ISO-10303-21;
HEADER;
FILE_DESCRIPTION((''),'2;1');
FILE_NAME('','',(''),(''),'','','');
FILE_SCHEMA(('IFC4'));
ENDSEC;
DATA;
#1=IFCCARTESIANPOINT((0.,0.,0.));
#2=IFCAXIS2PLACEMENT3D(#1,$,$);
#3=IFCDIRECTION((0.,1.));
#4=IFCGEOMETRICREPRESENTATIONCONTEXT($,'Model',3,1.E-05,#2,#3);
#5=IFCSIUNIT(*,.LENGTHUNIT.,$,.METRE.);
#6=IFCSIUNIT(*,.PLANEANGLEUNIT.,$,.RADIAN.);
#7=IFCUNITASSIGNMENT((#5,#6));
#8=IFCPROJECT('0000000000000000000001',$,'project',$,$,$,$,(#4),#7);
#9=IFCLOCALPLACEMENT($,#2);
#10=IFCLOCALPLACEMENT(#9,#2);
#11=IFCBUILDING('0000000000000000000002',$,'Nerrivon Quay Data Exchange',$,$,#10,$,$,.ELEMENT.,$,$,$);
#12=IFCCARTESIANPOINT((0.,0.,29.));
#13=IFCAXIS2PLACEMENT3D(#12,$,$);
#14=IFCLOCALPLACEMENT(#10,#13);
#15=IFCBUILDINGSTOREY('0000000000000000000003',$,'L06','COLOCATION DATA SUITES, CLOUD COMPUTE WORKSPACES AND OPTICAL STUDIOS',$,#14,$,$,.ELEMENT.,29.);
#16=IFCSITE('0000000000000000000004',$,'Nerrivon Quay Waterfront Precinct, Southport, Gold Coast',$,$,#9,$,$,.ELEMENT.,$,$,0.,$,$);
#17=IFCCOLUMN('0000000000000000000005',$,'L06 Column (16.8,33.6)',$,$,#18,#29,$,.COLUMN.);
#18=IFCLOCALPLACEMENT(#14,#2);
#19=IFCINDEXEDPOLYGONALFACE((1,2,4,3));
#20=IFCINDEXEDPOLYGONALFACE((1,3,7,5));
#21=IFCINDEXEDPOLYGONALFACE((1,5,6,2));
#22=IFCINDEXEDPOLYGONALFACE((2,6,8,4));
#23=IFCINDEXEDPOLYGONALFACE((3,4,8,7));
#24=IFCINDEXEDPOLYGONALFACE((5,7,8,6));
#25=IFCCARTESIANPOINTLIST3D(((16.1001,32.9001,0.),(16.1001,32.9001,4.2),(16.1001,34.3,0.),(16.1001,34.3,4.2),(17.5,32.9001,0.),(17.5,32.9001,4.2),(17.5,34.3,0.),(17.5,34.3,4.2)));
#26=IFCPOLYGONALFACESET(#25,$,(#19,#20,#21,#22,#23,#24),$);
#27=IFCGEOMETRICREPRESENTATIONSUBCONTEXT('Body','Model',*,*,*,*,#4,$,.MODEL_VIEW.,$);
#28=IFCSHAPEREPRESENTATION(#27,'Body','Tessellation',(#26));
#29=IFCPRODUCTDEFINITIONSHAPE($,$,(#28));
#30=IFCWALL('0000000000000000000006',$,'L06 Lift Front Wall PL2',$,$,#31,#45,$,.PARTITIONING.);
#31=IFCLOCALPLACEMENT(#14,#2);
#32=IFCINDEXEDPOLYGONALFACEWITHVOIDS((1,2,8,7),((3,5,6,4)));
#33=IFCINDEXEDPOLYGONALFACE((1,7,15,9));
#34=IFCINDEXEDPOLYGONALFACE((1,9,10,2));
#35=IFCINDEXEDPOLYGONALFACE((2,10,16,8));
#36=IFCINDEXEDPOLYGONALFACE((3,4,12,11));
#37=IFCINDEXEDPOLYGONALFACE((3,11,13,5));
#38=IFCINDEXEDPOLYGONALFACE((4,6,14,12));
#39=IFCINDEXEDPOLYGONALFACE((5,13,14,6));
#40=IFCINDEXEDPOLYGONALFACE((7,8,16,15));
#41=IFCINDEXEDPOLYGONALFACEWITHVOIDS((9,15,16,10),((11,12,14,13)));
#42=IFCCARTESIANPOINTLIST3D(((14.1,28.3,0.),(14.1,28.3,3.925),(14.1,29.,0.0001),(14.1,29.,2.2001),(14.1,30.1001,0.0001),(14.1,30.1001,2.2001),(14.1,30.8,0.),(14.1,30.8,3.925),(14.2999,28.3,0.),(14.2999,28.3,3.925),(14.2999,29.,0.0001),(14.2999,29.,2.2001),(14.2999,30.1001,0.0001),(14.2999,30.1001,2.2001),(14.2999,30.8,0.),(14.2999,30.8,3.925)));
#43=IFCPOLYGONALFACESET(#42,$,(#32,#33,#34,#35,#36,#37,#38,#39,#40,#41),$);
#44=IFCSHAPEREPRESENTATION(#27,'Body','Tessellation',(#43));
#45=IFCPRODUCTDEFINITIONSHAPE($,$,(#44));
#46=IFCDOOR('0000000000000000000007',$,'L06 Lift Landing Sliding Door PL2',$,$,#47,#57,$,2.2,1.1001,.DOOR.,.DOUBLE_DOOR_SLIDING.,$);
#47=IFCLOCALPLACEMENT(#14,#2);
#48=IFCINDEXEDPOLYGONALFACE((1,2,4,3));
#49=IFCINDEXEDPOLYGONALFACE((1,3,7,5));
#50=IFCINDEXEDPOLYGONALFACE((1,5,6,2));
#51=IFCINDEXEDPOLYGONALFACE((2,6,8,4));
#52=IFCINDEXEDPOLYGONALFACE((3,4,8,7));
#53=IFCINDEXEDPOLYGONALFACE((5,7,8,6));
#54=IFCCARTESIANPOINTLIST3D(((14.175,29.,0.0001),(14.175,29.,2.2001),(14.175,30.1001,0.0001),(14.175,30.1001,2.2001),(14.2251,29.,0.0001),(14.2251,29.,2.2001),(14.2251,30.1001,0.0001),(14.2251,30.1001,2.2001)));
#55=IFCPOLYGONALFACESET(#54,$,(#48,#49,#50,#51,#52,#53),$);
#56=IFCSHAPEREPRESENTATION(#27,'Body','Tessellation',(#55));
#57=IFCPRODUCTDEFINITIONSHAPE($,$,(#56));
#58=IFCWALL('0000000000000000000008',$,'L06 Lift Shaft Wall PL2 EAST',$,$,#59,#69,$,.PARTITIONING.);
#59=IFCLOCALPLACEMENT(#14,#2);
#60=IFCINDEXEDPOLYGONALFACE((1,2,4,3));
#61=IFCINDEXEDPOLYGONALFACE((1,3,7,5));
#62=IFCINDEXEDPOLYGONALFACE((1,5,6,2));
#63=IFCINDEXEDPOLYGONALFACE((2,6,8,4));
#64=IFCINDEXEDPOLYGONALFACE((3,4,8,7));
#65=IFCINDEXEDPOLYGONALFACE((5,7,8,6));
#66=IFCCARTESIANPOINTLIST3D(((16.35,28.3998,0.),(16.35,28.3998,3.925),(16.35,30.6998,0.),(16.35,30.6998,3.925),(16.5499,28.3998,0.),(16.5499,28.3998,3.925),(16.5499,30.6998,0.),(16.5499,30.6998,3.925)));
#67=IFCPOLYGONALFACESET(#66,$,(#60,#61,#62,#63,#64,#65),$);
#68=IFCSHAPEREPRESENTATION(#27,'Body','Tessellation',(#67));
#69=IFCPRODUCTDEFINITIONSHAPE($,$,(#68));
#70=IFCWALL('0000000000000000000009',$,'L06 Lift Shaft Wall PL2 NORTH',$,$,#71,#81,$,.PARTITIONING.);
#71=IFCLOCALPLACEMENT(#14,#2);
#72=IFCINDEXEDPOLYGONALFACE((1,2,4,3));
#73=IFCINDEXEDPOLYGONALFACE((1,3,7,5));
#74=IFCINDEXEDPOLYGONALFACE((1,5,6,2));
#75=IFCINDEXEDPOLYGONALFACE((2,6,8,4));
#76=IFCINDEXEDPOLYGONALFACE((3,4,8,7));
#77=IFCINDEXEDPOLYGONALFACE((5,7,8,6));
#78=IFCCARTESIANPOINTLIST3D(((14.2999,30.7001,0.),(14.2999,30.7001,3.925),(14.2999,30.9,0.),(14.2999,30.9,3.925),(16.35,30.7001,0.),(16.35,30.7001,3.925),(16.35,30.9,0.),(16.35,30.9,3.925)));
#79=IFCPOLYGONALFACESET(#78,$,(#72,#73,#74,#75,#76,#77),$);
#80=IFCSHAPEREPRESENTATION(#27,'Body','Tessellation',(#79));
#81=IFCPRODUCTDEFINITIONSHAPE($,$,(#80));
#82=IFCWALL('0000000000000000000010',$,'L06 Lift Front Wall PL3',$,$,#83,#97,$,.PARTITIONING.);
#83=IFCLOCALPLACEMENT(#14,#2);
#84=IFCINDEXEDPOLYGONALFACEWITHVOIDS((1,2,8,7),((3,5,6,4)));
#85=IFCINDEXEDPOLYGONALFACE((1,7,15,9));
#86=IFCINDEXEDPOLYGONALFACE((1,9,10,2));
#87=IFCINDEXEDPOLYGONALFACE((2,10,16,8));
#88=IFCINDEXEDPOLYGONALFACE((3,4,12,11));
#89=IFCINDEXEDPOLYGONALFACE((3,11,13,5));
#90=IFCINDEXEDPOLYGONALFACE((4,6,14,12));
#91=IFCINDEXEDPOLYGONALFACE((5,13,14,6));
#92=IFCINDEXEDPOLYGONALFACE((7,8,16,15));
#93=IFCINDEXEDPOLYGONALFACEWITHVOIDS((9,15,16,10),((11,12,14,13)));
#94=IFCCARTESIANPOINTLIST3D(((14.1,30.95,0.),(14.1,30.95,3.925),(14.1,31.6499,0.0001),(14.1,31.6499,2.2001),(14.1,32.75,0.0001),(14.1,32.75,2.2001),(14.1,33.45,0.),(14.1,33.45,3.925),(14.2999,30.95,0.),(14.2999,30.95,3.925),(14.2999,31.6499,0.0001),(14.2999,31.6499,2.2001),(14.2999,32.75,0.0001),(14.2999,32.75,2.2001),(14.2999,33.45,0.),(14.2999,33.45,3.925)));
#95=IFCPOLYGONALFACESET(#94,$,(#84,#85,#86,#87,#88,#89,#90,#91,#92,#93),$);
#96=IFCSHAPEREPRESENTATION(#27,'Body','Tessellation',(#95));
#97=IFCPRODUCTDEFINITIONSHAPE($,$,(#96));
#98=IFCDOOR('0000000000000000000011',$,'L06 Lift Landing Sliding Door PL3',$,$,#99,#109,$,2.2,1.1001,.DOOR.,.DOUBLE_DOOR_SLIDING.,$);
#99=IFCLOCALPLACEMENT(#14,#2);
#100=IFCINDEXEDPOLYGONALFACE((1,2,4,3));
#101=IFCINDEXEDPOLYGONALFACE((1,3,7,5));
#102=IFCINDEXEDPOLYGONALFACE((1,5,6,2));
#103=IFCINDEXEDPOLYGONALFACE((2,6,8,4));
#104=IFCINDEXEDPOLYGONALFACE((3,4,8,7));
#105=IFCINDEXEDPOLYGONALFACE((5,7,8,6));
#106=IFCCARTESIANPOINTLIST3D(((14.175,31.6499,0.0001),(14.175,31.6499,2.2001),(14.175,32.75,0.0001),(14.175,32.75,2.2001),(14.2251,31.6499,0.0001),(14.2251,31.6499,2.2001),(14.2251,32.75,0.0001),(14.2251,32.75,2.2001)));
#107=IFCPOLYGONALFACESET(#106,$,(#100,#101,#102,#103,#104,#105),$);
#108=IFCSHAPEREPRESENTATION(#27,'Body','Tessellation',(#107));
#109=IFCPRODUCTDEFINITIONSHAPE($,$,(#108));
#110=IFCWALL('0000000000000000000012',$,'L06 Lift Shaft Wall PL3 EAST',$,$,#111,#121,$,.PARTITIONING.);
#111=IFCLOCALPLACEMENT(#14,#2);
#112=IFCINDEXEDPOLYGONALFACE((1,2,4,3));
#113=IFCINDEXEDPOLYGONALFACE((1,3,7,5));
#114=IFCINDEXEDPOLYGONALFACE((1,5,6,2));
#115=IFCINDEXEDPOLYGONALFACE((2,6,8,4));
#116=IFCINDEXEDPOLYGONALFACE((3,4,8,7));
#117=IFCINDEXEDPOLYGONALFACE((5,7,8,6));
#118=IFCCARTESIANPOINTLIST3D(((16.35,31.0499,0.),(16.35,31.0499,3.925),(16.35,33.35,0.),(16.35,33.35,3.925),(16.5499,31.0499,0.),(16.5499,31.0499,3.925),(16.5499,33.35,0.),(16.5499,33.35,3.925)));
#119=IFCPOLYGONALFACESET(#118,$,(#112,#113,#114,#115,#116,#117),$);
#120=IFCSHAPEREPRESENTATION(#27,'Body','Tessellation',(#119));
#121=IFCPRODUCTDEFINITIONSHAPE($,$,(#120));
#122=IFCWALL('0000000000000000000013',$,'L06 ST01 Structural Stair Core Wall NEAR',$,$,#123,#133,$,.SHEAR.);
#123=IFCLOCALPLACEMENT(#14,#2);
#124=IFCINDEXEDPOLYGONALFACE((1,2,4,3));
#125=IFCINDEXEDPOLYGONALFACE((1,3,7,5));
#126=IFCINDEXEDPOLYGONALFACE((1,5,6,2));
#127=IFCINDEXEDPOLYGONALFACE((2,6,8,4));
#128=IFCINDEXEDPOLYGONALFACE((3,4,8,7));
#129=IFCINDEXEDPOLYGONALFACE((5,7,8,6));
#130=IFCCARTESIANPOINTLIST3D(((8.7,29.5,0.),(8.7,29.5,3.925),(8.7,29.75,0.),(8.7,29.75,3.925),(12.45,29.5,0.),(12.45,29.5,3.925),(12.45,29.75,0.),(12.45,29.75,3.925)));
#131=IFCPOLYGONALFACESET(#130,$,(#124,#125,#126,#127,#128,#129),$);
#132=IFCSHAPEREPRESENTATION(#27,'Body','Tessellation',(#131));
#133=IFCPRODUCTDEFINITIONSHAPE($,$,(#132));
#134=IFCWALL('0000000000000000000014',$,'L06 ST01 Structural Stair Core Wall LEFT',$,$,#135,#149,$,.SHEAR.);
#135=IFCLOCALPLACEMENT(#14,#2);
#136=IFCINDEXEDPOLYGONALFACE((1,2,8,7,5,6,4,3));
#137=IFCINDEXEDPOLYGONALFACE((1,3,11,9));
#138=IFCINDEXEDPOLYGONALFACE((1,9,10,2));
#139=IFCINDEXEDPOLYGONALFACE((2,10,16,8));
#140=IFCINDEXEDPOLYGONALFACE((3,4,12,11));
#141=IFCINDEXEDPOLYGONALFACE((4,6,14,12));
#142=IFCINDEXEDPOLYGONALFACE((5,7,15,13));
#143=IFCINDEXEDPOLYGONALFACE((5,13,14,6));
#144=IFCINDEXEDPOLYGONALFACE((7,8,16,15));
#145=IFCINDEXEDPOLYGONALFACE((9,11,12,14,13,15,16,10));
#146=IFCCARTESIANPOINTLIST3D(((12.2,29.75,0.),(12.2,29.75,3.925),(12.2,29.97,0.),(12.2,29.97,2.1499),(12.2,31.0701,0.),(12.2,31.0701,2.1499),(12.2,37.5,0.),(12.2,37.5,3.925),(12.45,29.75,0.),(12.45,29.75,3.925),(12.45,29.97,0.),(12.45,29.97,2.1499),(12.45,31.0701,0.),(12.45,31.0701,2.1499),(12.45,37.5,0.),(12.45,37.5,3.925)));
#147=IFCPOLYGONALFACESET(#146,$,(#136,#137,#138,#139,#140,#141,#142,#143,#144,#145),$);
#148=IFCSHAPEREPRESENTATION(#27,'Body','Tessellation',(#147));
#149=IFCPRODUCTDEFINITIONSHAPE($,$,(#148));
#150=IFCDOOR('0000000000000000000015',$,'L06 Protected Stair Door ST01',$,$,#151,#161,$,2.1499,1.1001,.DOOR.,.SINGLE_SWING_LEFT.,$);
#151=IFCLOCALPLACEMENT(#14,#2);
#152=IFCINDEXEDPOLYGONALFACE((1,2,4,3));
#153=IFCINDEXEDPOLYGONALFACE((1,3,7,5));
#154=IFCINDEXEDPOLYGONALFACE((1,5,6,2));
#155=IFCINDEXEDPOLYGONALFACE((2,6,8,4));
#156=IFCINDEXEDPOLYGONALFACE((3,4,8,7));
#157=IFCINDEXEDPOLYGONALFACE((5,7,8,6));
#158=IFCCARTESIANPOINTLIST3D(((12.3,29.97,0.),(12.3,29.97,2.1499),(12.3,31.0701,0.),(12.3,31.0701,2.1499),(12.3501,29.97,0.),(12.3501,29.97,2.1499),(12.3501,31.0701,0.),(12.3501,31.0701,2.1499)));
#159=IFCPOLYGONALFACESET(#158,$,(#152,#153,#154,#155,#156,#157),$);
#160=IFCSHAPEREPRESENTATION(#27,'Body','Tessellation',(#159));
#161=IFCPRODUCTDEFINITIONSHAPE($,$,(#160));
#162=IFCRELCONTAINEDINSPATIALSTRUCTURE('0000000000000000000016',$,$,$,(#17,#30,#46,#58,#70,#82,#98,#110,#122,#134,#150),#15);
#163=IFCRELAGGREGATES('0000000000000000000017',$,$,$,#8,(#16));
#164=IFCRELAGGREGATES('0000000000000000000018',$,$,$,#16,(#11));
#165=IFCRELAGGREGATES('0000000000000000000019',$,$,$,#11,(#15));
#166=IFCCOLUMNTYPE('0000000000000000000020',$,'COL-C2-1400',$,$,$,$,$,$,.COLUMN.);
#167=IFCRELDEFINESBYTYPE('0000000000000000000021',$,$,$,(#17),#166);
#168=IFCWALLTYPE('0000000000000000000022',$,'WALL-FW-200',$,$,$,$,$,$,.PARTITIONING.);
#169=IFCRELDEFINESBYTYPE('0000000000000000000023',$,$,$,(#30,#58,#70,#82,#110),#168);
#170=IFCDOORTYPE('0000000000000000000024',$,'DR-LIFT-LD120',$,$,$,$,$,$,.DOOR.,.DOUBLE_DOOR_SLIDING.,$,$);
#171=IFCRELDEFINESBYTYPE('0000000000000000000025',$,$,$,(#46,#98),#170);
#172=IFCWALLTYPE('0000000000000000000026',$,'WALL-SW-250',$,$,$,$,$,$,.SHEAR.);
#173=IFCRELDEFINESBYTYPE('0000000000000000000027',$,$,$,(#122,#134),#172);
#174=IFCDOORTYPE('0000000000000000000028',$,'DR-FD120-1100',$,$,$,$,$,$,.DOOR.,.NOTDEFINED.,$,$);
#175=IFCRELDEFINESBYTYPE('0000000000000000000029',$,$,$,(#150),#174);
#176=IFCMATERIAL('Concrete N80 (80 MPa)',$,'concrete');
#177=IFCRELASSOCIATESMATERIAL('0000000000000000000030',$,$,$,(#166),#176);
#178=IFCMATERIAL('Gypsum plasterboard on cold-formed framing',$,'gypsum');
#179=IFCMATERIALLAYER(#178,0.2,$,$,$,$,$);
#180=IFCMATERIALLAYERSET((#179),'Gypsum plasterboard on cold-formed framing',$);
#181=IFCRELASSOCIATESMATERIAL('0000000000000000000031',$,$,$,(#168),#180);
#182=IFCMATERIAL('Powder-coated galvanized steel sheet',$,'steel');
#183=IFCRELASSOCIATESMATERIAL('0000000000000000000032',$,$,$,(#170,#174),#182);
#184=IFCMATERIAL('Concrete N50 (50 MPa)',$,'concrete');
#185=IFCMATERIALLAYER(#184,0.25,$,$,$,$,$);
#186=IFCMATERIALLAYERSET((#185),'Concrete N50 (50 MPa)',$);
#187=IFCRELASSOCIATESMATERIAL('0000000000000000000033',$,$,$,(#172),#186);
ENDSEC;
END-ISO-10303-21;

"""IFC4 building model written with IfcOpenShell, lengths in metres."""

from ifc_helpers import new_model, si_unit, direction, frame, frame_2d, origin, origin_2d, place, context, subcontext, project, spatial, rectangle, extrude, material, layer, layer_set, material_profile, profile_set, type_object, element, fill, save


model = new_model("IFC4")

# Units and contexts
model_context = context("Model", 3, precision=1e-05, world=origin(), true_north=direction((0.0, 1.0)))
body_context = subcontext(model_context, "Body", "Model", "MODEL_VIEW")
ifc_project = project(units=[si_unit("LENGTHUNIT", "METRE"), si_unit("PLANEANGLEUNIT", "RADIAN")], contexts=[model_context])

# Site, building, storey
site_placement = place(None, origin())
site = spatial("IfcSite", under=ifc_project, at=site_placement, Name="Nerrivon Quay Waterfront Precinct, Southport, Gold Coast", CompositionType="ELEMENT", RefElevation=0.0)
building_placement = place(site_placement, origin())
building = spatial("IfcBuilding", under=site, at=building_placement, Name="Nerrivon Quay Data Exchange", CompositionType="ELEMENT")
storey_placement = place(building_placement, frame((0.0, 0.0, 29.0)))
storey = spatial("IfcBuildingStorey", under=building, at=storey_placement, Name="L06", Description="COLOCATION DATA SUITES, CLOUD COMPUTE WORKSPACES AND OPTICAL STUDIOS", CompositionType="ELEMENT", Elevation=29.0)

# Column
ifc_material_1 = material(Name="Concrete N80 (80 MPa)", Category="concrete")
ifc_material_profile = material_profile(ifc_material_1, rectangle(XDim=1.3999, YDim=1.3999, at=origin_2d()), Name="RC-COL-1400x1400")
ifc_profile_set = profile_set([ifc_material_profile], Name="Concrete N80 (80 MPa)")
column_type = type_object("IfcColumnType", Name="COL-C2-1400", PredefinedType="COLUMN", material=ifc_profile_set)
column_placement = place(storey_placement, frame((16.8, 33.6001, 0.0), z_axis=(0.0, 0.0, 1.0), x_axis=(1.0, 0.0, 0.0)))
element("IfcColumn", 1, at=column_placement, inside=storey, type_object=column_type, Name="L06 Column (16.8,33.6)", PredefinedType="COLUMN", context=body_context, shape_type="SweptSolid", body=[
    extrude(rectangle(XDim=1.3999, YDim=1.3999, at=origin_2d()), origin(), (0.0, 0.0, 1.0), 4.2),
])

# Wall, opening, door
ifc_material_2 = material(Name="Gypsum plasterboard on cold-formed framing", Category="gypsum")
ifc_layer_1 = layer(ifc_material_2, 0.2)
ifc_layer_set_1 = layer_set([ifc_layer_1], Name="Gypsum plasterboard on cold-formed framing")
wall_type_1 = type_object("IfcWallType", Name="WALL-FW-200", PredefinedType="PARTITIONING", material=ifc_layer_set_1)
wall_1_placement = place(storey_placement, frame((14.2, 28.3, 0.0), z_axis=(0.0, 0.0, 1.0), x_axis=(0.0, 1.0, 0.0)))
wall_1 = element("IfcWall", 2, at=wall_1_placement, inside=storey, type_object=wall_type_1, Name="L06 Lift Front Wall PL2", PredefinedType="PARTITIONING", context=body_context, shape_type="SweptSolid", body=[
    extrude(rectangle(XDim=2.5, YDim=0.2, at=frame_2d((1.25, 0.0))), origin(), (0.0, 0.0, 1.0), 3.925),
])
opening_1_placement = place(wall_1_placement, frame((0.7, 0.0, 0.0)))
opening_1 = element("IfcOpeningElement", 3, at=opening_1_placement, cuts=wall_1, PredefinedType="OPENING", context=body_context, shape_type="SweptSolid", body=[
    extrude(rectangle(XDim=1.1001, YDim=2.2, at=frame_2d((0.55, 1.1001))), frame((0.0, 0.1099, 0.0), z_axis=(0.0, -1.0, 0.0), x_axis=(1.0, 0.0, 0.0)), (0.0, 0.0, 1.0), 0.22),
])
ifc_material_3 = material(Name="Powder-coated galvanized steel sheet", Category="steel")
door_type_1 = type_object("IfcDoorType", Name="DR-LIFT-LD120", OperationType="DOUBLE_DOOR_SLIDING", PredefinedType="DOOR", material=ifc_material_3)
door_1_placement = place(opening_1_placement, origin())
door_1 = element("IfcDoor", 4, at=door_1_placement, inside=storey, type_object=door_type_1, Name="L06 Lift Landing Sliding Door PL2", OperationType="DOUBLE_DOOR_SLIDING", OverallHeight=2.2, OverallWidth=1.1001, PredefinedType="DOOR", context=body_context, shape_type="SweptSolid", body=[
    extrude(rectangle(XDim=1.1001, YDim=2.2, at=frame_2d((0.55, 1.1001))), frame((0.0, 0.0249, 0.0), z_axis=(0.0, -1.0, 0.0), x_axis=(1.0, 0.0, 0.0)), (0.0, 0.0, 1.0), 0.05),
])
fill(opening_1, door_1)

# Walls
wall_2_placement = place(storey_placement, frame((16.45, 28.3999, 0.0), z_axis=(0.0, 0.0, 1.0), x_axis=(0.0, 1.0, 0.0)))
element("IfcWall", 5, at=wall_2_placement, inside=storey, type_object=wall_type_1, Name="L06 Lift Shaft Wall PL2 EAST", PredefinedType="PARTITIONING", context=body_context, shape_type="SweptSolid", body=[
    extrude(rectangle(XDim=2.3, YDim=0.2, at=frame_2d((1.1499, 0.0))), origin(), (0.0, 0.0, 1.0), 3.925),
])
wall_3_placement = place(storey_placement, frame((14.3, 30.8, 0.0), z_axis=(0.0, 0.0, 1.0), x_axis=(1.0, 0.0, 0.0)))
element("IfcWall", 6, at=wall_3_placement, inside=storey, type_object=wall_type_1, Name="L06 Lift Shaft Wall PL2 NORTH", PredefinedType="PARTITIONING", context=body_context, shape_type="SweptSolid", body=[
    extrude(rectangle(XDim=2.05, YDim=0.2, at=frame_2d((1.0249, 0.0))), origin(), (0.0, 0.0, 1.0), 3.925),
])

# Wall, opening, door
wall_4_placement = place(storey_placement, frame((14.2, 30.95, 0.0), z_axis=(0.0, 0.0, 1.0), x_axis=(0.0, 1.0, 0.0)))
wall_4 = element("IfcWall", 7, at=wall_4_placement, inside=storey, type_object=wall_type_1, Name="L06 Lift Front Wall PL3", PredefinedType="PARTITIONING", context=body_context, shape_type="SweptSolid", body=[
    extrude(rectangle(XDim=2.5, YDim=0.2, at=frame_2d((1.25, 0.0))), origin(), (0.0, 0.0, 1.0), 3.925),
])
opening_2_placement = place(wall_4_placement, frame((0.7, 0.0, 0.0)))
opening_2 = element("IfcOpeningElement", 8, at=opening_2_placement, cuts=wall_4, PredefinedType="OPENING", context=body_context, shape_type="SweptSolid", body=[
    extrude(rectangle(XDim=1.1001, YDim=2.2, at=frame_2d((0.55, 1.1001))), frame((0.0, 0.1099, 0.0), z_axis=(0.0, -1.0, 0.0), x_axis=(1.0, 0.0, 0.0)), (0.0, 0.0, 1.0), 0.22),
])
door_2_placement = place(opening_2_placement, origin())
door_2 = element("IfcDoor", 9, at=door_2_placement, inside=storey, type_object=door_type_1, Name="L06 Lift Landing Sliding Door PL3", OperationType="DOUBLE_DOOR_SLIDING", OverallHeight=2.2, OverallWidth=1.1001, PredefinedType="DOOR", context=body_context, shape_type="SweptSolid", body=[
    extrude(rectangle(XDim=1.1001, YDim=2.2, at=frame_2d((0.55, 1.1001))), frame((0.0, 0.0249, 0.0), z_axis=(0.0, -1.0, 0.0), x_axis=(1.0, 0.0, 0.0)), (0.0, 0.0, 1.0), 0.05),
])
fill(opening_2, door_2)

# Walls
wall_5_placement = place(storey_placement, frame((16.45, 31.05, 0.0), z_axis=(0.0, 0.0, 1.0), x_axis=(0.0, 1.0, 0.0)))
element("IfcWall", 10, at=wall_5_placement, inside=storey, type_object=wall_type_1, Name="L06 Lift Shaft Wall PL3 EAST", PredefinedType="PARTITIONING", context=body_context, shape_type="SweptSolid", body=[
    extrude(rectangle(XDim=2.3, YDim=0.2, at=frame_2d((1.1499, 0.0))), origin(), (0.0, 0.0, 1.0), 3.925),
])
ifc_material_4 = material(Name="Concrete N50 (50 MPa)", Category="concrete")
ifc_layer_2 = layer(ifc_material_4, 0.25)
ifc_layer_set_2 = layer_set([ifc_layer_2], Name="Concrete N50 (50 MPa)")
wall_type_2 = type_object("IfcWallType", Name="WALL-SW-250", PredefinedType="SHEAR", material=ifc_layer_set_2)
wall_6_placement = place(storey_placement, frame((12.45, 29.625, 0.0), z_axis=(0.0, 0.0, 1.0), x_axis=(-1.0, 0.0, 0.0)))
element("IfcWall", 11, at=wall_6_placement, inside=storey, type_object=wall_type_2, Name="L06 ST01 Structural Stair Core Wall NEAR", PredefinedType="SHEAR", context=body_context, shape_type="SweptSolid", body=[
    extrude(rectangle(XDim=3.75, YDim=0.25, at=frame_2d((1.875, 0.0))), origin(), (0.0, 0.0, 1.0), 3.925),
])

# Wall, opening, door
wall_7_placement = place(storey_placement, frame((12.325, 29.75, 0.0), z_axis=(0.0, 0.0, 1.0), x_axis=(0.0, 1.0, 0.0)))
wall_7 = element("IfcWall", 12, at=wall_7_placement, inside=storey, type_object=wall_type_2, Name="L06 ST01 Structural Stair Core Wall LEFT", PredefinedType="SHEAR", context=body_context, shape_type="SweptSolid", body=[
    extrude(rectangle(XDim=7.75, YDim=0.25, at=frame_2d((3.875, 0.0))), origin(), (0.0, 0.0, 1.0), 3.925),
])
opening_3_placement = place(wall_7_placement, frame((0.22, 0.0, 0.0)))
opening_3 = element("IfcOpeningElement", 13, at=opening_3_placement, cuts=wall_7, PredefinedType="OPENING", context=body_context, shape_type="SweptSolid", body=[
    extrude(rectangle(XDim=1.1001, YDim=2.1499, at=frame_2d((0.55, 1.075))), frame((0.0, 0.135, 0.0), z_axis=(0.0, -1.0, 0.0), x_axis=(1.0, 0.0, 0.0)), (0.0, 0.0, 1.0), 0.27),
])
door_type_2 = type_object("IfcDoorType", Name="DR-FD120-1100", OperationType="NOTDEFINED", PredefinedType="DOOR", material=ifc_material_3)
door_3_placement = place(opening_3_placement, origin())
door_3 = element("IfcDoor", 14, at=door_3_placement, inside=storey, type_object=door_type_2, Name="L06 Protected Stair Door ST01", OperationType="SINGLE_SWING_LEFT", OverallHeight=2.1499, OverallWidth=1.1001, PredefinedType="DOOR", context=body_context, shape_type="SweptSolid", body=[
    extrude(rectangle(XDim=1.1001, YDim=2.1499, at=frame_2d((0.55, 1.075))), frame((0.0, 0.0249, 0.0), z_axis=(0.0, -1.0, 0.0), x_axis=(1.0, 0.0, 0.0)), (0.0, 0.0, 1.0), 0.05),
])
fill(opening_3, door_3)

save(model, "model.ifc")
